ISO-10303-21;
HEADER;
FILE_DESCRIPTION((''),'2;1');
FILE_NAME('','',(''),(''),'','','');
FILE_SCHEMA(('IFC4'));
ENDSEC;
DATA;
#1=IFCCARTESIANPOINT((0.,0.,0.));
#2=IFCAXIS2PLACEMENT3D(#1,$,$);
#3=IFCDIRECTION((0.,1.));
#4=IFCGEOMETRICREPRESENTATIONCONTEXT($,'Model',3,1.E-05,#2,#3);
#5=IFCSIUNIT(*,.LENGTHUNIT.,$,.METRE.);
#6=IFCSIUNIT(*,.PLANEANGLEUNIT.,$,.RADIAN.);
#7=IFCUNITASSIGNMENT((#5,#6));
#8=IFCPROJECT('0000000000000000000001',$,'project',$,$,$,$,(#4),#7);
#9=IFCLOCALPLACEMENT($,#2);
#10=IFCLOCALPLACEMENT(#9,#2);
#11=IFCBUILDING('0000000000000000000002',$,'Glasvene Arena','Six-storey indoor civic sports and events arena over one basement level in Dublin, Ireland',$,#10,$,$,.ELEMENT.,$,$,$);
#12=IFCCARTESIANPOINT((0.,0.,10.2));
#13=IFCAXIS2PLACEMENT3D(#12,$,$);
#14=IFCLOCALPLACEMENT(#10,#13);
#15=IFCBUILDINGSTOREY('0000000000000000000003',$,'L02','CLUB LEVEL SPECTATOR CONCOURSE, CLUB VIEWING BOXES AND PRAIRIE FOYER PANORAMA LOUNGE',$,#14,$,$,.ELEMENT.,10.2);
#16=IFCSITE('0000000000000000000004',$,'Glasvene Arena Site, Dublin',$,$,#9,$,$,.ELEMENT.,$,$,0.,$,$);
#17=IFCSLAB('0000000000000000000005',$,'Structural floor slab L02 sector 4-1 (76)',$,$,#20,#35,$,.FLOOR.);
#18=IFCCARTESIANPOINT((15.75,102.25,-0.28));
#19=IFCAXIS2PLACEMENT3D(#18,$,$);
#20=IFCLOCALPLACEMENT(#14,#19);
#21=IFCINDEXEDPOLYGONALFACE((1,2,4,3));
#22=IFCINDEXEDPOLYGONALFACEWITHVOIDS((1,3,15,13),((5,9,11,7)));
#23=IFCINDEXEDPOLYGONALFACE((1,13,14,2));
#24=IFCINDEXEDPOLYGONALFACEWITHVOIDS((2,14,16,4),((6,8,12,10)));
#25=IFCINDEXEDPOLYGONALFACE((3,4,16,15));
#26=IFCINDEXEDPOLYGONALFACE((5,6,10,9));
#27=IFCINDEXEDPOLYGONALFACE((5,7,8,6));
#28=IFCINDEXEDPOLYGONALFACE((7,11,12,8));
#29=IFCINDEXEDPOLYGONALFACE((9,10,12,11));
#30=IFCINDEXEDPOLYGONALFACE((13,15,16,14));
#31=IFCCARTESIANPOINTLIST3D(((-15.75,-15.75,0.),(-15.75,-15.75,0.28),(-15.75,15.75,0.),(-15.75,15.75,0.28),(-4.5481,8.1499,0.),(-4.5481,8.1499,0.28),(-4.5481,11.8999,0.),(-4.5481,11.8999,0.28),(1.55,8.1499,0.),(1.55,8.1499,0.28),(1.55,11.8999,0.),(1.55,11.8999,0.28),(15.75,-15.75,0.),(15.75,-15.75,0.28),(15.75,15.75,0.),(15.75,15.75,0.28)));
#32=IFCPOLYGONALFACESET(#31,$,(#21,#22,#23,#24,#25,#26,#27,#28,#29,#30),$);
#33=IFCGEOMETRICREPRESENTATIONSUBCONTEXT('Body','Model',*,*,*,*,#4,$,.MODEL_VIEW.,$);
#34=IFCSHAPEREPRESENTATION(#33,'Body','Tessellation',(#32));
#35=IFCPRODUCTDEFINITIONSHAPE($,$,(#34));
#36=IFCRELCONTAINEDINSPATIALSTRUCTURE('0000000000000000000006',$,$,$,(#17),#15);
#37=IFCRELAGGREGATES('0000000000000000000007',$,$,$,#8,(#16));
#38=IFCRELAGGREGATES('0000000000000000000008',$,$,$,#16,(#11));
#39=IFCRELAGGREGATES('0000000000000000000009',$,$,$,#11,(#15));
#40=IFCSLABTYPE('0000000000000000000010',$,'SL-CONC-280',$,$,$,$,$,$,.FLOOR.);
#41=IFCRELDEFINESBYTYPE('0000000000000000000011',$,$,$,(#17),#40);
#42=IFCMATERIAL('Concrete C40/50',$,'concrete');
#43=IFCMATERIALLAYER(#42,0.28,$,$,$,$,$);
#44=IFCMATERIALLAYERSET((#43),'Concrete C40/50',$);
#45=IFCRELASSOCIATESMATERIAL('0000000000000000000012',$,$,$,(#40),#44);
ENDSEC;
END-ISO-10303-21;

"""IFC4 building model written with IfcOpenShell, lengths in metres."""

from ifc_helpers import new_model, si_unit, direction, frame, origin, place, context, subcontext, project, spatial, polyline, outline, extrude, material, layer, layer_set, type_object, element, save


model = new_model("IFC4")

# Units and contexts
model_context = context("Model", 3, precision=1e-05, world=origin(), true_north=direction((0.0, 1.0)))
body_context = subcontext(model_context, "Body", "Model", "MODEL_VIEW")
ifc_project = project(units=[si_unit("LENGTHUNIT", "METRE"), si_unit("PLANEANGLEUNIT", "RADIAN")], contexts=[model_context])

# Site, building, storey
site_placement = place(None, origin())
site = spatial("IfcSite", under=ifc_project, at=site_placement, Name="Glasvene Arena Site, Dublin", CompositionType="ELEMENT", RefElevation=0.0)
building_placement = place(site_placement, origin())
building = spatial("IfcBuilding", under=site, at=building_placement, Name="Glasvene Arena", Description="Six-storey indoor civic sports and events arena over one basement level in Dublin, Ireland", CompositionType="ELEMENT")
storey_placement = place(building_placement, frame((0.0, 0.0, 10.2)))
storey = spatial("IfcBuildingStorey", under=building, at=storey_placement, Name="L02", Description="CLUB LEVEL SPECTATOR CONCOURSE, CLUB VIEWING BOXES AND PRAIRIE FOYER PANORAMA LOUNGE", CompositionType="ELEMENT", Elevation=10.2)

# Slab
ifc_material_1 = material(Name="Concrete C40/50", Category="concrete")
ifc_layer_1 = layer(ifc_material_1, 0.28)
ifc_layer_set_1 = layer_set([ifc_layer_1], Name="Concrete C40/50")
slab_type = type_object("IfcSlabType", Name="SL-CONC-280", PredefinedType="FLOOR", material=ifc_layer_set_1)
slab_placement = place(storey_placement, frame((15.75, 102.25, -0.28)))
element("IfcSlab", 1, at=slab_placement, inside=storey, type_object=slab_type, Name="Structural floor slab L02 sector 4-1 (76)", PredefinedType="FLOOR", context=body_context, shape_type="SweptSolid", body=[
    extrude(outline(polyline([(15.75, 15.75), (15.75, -15.75), (-15.75, -15.75), (-15.75, 15.75), (15.75, 15.75)]), holes=[polyline([(1.55, 8.1499), (1.55, 11.8999), (-4.5481, 11.8999), (-4.5481, 8.1499), (1.55, 8.1499)])]), origin(), (0.0, 0.0, 1.0), 0.28),
])

save(model, "model.ifc")
